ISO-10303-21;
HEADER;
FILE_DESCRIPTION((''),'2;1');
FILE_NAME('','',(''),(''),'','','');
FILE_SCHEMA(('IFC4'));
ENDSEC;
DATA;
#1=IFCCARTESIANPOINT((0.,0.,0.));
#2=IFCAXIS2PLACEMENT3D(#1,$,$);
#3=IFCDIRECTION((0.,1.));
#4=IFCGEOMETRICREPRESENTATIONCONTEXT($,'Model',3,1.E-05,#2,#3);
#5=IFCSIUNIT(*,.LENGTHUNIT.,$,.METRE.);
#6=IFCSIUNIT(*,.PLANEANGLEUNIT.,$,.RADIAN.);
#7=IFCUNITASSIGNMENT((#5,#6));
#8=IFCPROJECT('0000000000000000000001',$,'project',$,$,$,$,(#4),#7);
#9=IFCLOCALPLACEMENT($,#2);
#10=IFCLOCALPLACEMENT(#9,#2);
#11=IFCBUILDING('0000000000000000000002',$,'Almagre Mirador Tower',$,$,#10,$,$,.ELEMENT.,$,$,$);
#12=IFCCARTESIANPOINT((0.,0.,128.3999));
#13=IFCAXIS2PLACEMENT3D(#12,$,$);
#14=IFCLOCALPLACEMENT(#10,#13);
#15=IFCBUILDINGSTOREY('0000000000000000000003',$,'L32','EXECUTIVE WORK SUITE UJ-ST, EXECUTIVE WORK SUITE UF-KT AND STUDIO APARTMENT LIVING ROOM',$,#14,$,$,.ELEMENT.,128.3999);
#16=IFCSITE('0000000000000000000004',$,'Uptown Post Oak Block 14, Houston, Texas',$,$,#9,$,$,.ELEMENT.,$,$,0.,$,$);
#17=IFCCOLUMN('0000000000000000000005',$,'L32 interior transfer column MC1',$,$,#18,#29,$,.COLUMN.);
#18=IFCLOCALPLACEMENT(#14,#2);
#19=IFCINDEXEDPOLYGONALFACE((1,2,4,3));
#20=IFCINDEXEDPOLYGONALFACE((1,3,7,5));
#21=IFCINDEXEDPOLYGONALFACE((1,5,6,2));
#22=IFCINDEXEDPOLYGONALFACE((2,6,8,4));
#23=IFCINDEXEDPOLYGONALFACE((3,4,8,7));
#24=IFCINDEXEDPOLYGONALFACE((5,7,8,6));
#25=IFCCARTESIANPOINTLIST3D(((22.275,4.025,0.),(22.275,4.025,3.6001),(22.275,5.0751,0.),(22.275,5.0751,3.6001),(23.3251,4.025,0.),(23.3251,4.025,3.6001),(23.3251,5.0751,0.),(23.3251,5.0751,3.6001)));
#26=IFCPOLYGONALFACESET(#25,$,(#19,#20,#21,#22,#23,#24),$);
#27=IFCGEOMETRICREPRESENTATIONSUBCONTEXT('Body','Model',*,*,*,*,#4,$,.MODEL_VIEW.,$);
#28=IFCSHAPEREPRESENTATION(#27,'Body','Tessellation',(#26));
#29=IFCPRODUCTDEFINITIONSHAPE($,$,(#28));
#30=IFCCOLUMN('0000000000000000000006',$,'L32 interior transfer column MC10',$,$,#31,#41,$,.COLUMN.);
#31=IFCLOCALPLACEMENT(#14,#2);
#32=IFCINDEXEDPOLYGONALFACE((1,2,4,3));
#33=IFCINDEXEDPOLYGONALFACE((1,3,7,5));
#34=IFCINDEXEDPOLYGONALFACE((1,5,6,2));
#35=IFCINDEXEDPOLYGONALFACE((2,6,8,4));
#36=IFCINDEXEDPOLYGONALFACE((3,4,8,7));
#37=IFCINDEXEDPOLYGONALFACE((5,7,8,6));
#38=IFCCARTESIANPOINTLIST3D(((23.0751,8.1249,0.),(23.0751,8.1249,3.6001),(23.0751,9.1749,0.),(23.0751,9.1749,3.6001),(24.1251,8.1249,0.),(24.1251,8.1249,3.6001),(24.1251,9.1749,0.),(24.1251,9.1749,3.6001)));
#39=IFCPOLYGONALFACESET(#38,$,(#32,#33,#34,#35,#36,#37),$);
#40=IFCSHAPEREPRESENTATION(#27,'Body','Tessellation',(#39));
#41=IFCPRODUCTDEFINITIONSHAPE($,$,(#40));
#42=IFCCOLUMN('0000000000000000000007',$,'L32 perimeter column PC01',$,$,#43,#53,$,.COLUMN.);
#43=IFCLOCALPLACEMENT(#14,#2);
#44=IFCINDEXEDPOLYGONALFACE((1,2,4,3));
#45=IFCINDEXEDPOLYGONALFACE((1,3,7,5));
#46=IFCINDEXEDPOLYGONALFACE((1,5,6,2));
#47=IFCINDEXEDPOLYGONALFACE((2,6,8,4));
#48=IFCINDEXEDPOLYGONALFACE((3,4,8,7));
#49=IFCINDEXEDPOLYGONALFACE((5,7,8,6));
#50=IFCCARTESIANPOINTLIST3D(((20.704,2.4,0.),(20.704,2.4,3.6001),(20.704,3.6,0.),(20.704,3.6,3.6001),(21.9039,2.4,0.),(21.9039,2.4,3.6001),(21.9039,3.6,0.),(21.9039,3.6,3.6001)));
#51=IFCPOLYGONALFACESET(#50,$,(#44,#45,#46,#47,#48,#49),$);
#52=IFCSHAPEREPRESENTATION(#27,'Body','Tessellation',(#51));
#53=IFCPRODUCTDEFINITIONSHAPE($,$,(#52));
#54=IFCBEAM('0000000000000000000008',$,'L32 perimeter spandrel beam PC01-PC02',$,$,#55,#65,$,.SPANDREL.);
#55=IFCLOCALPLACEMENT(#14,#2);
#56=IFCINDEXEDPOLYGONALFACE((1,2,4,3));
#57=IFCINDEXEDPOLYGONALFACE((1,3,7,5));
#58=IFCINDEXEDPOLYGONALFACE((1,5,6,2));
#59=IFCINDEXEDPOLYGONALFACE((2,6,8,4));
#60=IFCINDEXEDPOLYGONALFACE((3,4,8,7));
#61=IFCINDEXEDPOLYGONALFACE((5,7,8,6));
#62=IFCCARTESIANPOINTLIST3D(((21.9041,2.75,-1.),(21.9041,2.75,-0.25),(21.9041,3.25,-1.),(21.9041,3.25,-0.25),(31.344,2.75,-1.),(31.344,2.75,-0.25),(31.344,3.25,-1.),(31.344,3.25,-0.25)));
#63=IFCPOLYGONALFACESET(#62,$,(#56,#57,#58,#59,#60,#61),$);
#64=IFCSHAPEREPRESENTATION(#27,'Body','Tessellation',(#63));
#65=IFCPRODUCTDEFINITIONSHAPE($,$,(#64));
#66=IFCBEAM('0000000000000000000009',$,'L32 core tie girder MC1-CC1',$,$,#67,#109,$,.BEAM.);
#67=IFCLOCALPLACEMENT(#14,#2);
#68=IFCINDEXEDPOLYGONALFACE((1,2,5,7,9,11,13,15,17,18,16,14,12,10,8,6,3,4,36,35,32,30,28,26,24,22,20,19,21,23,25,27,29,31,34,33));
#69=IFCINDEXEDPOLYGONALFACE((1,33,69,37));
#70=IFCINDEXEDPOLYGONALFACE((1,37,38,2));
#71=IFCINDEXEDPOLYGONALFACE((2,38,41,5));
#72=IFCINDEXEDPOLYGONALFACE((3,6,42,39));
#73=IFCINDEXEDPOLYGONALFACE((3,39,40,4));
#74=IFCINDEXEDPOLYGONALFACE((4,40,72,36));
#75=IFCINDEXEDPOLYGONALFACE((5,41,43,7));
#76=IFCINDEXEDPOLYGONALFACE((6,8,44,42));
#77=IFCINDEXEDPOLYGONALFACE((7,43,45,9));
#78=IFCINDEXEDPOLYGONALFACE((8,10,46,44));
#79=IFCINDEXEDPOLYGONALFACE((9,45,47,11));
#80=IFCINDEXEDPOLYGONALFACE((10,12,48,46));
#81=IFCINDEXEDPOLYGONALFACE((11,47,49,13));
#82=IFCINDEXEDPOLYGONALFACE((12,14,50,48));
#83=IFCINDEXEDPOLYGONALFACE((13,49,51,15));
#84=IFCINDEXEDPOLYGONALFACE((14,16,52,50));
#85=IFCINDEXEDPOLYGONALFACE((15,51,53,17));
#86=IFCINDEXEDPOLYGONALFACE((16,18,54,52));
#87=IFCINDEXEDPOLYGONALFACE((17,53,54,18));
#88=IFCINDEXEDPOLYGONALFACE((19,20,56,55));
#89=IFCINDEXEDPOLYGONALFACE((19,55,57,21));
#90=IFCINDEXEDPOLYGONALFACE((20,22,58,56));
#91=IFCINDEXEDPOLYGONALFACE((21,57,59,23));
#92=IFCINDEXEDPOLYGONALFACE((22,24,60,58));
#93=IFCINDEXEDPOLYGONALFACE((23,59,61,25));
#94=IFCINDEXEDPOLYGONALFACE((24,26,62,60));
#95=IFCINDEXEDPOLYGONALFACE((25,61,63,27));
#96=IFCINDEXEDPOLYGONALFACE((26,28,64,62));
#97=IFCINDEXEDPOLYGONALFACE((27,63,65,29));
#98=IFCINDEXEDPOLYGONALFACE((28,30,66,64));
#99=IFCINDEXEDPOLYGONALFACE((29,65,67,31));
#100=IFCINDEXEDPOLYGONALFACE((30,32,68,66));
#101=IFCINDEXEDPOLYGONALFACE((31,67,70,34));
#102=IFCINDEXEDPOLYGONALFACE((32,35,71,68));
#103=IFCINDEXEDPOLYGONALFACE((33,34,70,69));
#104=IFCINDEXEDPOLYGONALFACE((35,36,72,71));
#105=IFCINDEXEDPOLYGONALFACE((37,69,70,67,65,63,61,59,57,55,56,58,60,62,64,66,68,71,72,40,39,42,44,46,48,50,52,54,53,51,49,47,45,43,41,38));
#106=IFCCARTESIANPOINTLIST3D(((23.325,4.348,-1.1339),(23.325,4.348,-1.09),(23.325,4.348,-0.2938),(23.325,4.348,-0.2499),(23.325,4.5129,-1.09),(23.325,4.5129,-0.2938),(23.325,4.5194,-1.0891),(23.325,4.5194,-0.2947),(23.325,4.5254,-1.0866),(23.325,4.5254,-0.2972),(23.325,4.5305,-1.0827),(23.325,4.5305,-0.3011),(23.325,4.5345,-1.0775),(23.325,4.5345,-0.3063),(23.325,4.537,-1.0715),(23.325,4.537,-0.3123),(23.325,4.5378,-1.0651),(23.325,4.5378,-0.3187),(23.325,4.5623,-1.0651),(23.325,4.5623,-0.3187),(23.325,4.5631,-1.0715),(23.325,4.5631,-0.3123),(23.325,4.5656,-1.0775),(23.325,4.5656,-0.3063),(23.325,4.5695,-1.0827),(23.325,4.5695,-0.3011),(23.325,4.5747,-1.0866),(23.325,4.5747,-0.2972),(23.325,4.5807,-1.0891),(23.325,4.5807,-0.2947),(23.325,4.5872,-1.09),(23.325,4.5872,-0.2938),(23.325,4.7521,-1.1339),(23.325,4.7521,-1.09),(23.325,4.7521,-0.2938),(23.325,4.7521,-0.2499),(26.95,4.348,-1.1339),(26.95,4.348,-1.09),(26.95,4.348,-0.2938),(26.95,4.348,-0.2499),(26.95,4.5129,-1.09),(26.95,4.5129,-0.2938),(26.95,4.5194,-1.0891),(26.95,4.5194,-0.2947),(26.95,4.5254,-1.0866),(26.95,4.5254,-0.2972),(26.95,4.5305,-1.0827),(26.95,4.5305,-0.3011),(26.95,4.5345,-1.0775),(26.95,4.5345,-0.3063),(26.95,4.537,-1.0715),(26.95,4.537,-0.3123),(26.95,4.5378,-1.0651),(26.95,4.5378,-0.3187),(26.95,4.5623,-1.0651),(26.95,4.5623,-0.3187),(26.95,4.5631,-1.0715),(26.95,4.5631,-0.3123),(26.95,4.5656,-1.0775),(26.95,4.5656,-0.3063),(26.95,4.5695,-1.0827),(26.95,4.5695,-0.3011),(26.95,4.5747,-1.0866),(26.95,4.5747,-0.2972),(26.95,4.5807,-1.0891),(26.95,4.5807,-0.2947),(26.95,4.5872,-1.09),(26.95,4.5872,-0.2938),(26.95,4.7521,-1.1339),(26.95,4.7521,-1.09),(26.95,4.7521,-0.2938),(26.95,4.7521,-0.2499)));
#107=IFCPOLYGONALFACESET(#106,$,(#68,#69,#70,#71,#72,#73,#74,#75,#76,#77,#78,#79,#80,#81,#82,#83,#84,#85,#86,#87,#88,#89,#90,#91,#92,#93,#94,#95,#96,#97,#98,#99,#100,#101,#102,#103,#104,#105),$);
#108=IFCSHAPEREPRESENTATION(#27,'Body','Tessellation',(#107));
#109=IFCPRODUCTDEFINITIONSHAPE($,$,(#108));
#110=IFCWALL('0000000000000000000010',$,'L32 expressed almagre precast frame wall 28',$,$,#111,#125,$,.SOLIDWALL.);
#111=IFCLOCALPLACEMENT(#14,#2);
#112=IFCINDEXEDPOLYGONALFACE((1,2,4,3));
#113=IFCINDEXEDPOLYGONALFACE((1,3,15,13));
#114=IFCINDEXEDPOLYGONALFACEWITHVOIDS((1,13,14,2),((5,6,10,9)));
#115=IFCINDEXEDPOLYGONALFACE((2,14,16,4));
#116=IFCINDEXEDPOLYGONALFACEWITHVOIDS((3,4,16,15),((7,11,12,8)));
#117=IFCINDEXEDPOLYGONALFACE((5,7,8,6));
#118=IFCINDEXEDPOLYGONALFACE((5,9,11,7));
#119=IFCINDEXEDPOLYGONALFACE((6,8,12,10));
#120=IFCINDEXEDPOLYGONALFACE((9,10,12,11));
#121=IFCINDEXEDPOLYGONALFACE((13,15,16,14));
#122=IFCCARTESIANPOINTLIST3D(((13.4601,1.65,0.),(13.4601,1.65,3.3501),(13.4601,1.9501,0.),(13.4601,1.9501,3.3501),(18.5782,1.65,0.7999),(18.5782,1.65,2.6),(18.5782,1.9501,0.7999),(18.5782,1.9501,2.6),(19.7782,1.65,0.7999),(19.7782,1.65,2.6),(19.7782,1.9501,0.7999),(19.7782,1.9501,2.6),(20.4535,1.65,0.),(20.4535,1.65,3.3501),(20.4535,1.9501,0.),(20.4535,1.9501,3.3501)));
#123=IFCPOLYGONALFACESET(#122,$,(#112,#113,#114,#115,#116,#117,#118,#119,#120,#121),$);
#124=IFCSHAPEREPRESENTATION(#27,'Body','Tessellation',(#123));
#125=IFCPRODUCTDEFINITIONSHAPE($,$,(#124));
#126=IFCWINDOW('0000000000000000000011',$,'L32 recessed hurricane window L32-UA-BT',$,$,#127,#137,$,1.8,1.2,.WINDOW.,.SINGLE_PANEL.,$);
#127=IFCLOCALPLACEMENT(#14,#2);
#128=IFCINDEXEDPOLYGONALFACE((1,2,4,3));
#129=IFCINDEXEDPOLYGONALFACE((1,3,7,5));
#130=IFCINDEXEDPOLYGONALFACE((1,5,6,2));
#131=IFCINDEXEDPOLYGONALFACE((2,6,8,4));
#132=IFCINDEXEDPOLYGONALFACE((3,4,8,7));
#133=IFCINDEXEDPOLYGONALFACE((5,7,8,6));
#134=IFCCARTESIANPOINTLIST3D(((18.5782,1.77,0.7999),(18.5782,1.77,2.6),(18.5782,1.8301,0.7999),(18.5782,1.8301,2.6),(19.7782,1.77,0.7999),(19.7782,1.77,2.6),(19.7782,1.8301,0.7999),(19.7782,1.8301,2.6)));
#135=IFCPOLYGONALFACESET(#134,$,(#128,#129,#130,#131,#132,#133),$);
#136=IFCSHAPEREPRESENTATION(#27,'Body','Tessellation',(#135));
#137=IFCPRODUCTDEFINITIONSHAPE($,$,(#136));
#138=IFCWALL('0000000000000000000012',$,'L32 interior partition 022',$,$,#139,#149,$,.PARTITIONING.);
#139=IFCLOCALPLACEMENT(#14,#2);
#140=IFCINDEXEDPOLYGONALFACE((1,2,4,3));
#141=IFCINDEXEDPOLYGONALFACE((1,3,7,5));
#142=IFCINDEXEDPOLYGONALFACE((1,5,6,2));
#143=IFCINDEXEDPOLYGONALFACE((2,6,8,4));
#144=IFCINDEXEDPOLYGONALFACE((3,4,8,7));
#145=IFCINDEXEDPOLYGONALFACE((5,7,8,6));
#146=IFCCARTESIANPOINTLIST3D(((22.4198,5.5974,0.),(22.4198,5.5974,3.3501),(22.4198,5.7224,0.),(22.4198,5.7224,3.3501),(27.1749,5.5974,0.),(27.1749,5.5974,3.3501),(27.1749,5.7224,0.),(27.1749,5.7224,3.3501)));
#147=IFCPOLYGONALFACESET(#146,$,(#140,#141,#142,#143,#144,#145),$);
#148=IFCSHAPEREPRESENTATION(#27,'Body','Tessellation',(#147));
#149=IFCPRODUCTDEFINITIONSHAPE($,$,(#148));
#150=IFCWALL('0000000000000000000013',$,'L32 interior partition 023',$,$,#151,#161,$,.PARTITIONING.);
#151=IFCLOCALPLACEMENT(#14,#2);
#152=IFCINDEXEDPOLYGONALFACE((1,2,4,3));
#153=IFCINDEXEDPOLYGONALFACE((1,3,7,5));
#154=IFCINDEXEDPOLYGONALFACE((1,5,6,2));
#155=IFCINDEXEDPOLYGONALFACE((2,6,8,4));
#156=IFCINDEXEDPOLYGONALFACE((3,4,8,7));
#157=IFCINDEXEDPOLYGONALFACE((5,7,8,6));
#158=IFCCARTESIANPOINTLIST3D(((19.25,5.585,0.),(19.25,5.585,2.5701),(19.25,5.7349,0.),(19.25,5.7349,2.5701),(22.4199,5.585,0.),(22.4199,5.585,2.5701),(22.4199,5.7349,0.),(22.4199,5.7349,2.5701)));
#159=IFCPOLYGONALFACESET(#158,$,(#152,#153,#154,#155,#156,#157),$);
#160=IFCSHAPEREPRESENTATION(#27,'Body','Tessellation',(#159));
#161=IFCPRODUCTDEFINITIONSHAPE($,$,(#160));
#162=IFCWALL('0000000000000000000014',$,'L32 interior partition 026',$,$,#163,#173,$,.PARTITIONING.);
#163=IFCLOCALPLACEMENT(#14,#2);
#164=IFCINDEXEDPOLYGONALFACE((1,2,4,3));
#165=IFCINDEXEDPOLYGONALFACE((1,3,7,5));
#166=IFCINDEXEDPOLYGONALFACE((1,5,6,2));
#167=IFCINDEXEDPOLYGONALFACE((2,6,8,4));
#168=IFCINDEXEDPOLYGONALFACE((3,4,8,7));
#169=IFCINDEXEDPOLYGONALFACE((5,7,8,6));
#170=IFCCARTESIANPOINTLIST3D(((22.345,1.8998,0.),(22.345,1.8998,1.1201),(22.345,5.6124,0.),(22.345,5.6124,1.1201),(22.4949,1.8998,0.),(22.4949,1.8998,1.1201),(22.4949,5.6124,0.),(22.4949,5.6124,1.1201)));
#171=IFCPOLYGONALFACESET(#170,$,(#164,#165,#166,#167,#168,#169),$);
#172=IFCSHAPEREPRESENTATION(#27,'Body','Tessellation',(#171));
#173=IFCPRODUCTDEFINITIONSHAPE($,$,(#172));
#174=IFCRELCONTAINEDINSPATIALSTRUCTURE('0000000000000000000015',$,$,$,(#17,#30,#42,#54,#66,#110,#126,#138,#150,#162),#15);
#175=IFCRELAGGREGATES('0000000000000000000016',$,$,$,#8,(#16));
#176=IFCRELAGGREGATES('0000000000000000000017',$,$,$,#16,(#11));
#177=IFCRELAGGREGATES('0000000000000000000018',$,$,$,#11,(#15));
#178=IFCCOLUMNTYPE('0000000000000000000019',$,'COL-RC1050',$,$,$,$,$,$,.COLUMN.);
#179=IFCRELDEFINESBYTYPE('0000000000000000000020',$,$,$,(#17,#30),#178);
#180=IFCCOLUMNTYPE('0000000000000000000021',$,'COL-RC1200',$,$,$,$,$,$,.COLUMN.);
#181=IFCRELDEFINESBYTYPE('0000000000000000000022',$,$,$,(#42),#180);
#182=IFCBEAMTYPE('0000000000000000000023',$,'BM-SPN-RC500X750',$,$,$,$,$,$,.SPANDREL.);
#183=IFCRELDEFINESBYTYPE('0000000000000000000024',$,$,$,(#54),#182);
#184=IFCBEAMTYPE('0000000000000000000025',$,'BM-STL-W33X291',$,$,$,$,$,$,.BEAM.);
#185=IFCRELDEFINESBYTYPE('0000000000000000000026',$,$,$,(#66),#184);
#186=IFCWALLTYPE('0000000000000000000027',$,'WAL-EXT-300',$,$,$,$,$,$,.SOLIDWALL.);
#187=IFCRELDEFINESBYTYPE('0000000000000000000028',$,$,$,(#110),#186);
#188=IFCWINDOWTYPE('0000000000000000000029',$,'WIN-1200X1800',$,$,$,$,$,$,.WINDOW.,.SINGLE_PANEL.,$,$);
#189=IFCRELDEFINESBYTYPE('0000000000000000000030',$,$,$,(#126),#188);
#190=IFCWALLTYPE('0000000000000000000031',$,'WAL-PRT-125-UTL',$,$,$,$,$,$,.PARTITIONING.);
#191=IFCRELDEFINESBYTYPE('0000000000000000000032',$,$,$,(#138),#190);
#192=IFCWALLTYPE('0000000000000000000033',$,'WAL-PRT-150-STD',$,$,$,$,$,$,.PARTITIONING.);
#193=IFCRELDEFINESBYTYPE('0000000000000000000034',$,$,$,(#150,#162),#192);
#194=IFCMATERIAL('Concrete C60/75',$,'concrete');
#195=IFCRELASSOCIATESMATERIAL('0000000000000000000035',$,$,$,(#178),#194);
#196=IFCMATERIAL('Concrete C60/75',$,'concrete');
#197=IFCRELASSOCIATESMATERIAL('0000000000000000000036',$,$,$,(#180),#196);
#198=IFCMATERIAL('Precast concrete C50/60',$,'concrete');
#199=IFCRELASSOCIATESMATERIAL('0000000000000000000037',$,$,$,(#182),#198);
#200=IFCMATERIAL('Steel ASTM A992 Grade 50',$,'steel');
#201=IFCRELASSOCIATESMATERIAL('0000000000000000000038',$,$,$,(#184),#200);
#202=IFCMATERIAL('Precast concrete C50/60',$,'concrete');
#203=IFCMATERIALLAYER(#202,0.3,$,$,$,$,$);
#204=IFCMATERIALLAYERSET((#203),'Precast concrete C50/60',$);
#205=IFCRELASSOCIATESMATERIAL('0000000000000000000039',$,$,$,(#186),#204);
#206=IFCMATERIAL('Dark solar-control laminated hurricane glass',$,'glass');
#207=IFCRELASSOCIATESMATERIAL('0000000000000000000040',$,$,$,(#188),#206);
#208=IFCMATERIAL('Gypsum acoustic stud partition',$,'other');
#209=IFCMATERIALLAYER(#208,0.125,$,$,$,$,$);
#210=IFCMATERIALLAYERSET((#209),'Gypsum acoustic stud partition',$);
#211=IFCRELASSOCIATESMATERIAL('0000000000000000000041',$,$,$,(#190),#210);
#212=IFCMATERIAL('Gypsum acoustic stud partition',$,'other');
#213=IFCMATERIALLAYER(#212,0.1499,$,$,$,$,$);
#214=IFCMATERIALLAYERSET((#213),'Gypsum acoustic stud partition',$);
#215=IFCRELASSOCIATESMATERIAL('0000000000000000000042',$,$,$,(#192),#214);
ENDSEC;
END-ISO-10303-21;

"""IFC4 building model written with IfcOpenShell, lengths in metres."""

from ifc_helpers import new_model, si_unit, direction, frame, frame_2d, origin, origin_2d, place, context, subcontext, project, spatial, rectangle, i_section, extrude, material, layer, layer_set, material_profile, profile_set, type_object, element, fill, save


model = new_model("IFC4")

# Units and contexts
model_context = context("Model", 3, precision=1e-05, world=origin(), true_north=direction((0.0, 1.0)))
body_context = subcontext(model_context, "Body", "Model", "MODEL_VIEW")
ifc_project = project(units=[si_unit("LENGTHUNIT", "METRE"), si_unit("PLANEANGLEUNIT", "RADIAN")], contexts=[model_context])

# Site, building, storey
site_placement = place(None, origin())
site = spatial("IfcSite", under=ifc_project, at=site_placement, Name="Uptown Post Oak Block 14, Houston, Texas", CompositionType="ELEMENT", RefElevation=0.0)
building_placement = place(site_placement, origin())
building = spatial("IfcBuilding", under=site, at=building_placement, Name="Almagre Mirador Tower", CompositionType="ELEMENT")
storey_placement = place(building_placement, frame((0.0, 0.0, 128.3999)))
storey = spatial("IfcBuildingStorey", under=building, at=storey_placement, Name="L32", Description="EXECUTIVE WORK SUITE UJ-ST, EXECUTIVE WORK SUITE UF-KT AND STUDIO APARTMENT LIVING ROOM", CompositionType="ELEMENT", Elevation=128.3999)

# Columns
ifc_material_1 = material(Name="Concrete C60/75", Category="concrete")
ifc_material_profile_1 = material_profile(ifc_material_1, rectangle(XDim=1.05, YDim=1.05, at=origin_2d()), Name="RC1050X1050")
ifc_profile_set_1 = profile_set([ifc_material_profile_1], Name="Concrete C60/75")
column_type_1 = type_object("IfcColumnType", Name="COL-RC1050", PredefinedType="COLUMN", material=ifc_profile_set_1)
for number, where, z_axis, x_axis, name in (
    (1, (22.8, 4.55, 0.0), (0.0, 0.0, 1.0), (1.0, 0.0, 0.0), "L32 interior transfer column MC1"),
    (2, (23.6001, 8.6499, 0.0), (0.0, 0.0, 1.0), (1.0, 0.0, 0.0), "L32 interior transfer column MC10"),
):
    element("IfcColumn", number, at=place(storey_placement, frame(where, z_axis=z_axis, x_axis=x_axis)), inside=storey, type_object=column_type_1, Name=name, PredefinedType="COLUMN", context=body_context, shape_type="SweptSolid", body=[
        extrude(rectangle(XDim=1.05, YDim=1.05, at=origin_2d()), origin(), (0.0, 0.0, 1.0), 3.6001),
    ])
ifc_material_2 = material(Name="Concrete C60/75", Category="concrete")
ifc_material_profile_2 = material_profile(ifc_material_2, rectangle(XDim=1.2, YDim=1.2, at=origin_2d()), Name="RC1200X1200")
ifc_profile_set_2 = profile_set([ifc_material_profile_2], Name="Concrete C60/75")
column_type_2 = type_object("IfcColumnType", Name="COL-RC1200", PredefinedType="COLUMN", material=ifc_profile_set_2)
column_placement = place(storey_placement, frame((21.304, 3.0, 0.0), z_axis=(0.0, 0.0, 1.0), x_axis=(1.0, 0.0, 0.0)))
element("IfcColumn", 3, at=column_placement, inside=storey, type_object=column_type_2, Name="L32 perimeter column PC01", PredefinedType="COLUMN", context=body_context, shape_type="SweptSolid", body=[
    extrude(rectangle(XDim=1.2, YDim=1.2, at=origin_2d()), origin(), (0.0, 0.0, 1.0), 3.6001),
])

# Beams
ifc_material_3 = material(Name="Precast concrete C50/60", Category="concrete")
ifc_material_profile_3 = material_profile(ifc_material_3, rectangle(XDim=0.5, YDim=0.75, at=origin_2d()), Name="RC500X750")
ifc_profile_set_3 = profile_set([ifc_material_profile_3], Name="Precast concrete C50/60")
beam_type_1 = type_object("IfcBeamType", Name="BM-SPN-RC500X750", PredefinedType="SPANDREL", material=ifc_profile_set_3)
beam_1_placement = place(storey_placement, frame((21.9041, 3.0, -0.625), z_axis=(1.0, 0.0, 0.0), x_axis=(0.0, 1.0, 0.0)))
element("IfcBeam", 4, at=beam_1_placement, inside=storey, type_object=beam_type_1, Name="L32 perimeter spandrel beam PC01-PC02", PredefinedType="SPANDREL", context=body_context, shape_type="SweptSolid", body=[
    extrude(rectangle(XDim=0.5, YDim=0.75, at=origin_2d()), origin(), (0.0, 0.0, 1.0), 9.4399),
])
ifc_material_4 = material(Name="Steel ASTM A992 Grade 50", Category="steel")
ifc_material_profile_4 = material_profile(ifc_material_4, i_section(OverallWidth=0.4041, OverallDepth=0.884, WebThickness=0.0244, FlangeThickness=0.0439, FilletRadius=0.0249, at=origin_2d()), Name="W33X291")
ifc_profile_set_4 = profile_set([ifc_material_profile_4], Name="Steel ASTM A992 Grade 50")
beam_type_2 = type_object("IfcBeamType", Name="BM-STL-W33X291", PredefinedType="BEAM", material=ifc_profile_set_4)
beam_2_placement = place(storey_placement, frame((23.325, 4.55, -0.6919), z_axis=(1.0, 0.0, 0.0), x_axis=(0.0, 1.0, 0.0)))
element("IfcBeam", 5, at=beam_2_placement, inside=storey, type_object=beam_type_2, Name="L32 core tie girder MC1-CC1", PredefinedType="BEAM", context=body_context, shape_type="SweptSolid", body=[
    extrude(i_section(OverallWidth=0.4041, OverallDepth=0.884, WebThickness=0.0244, FlangeThickness=0.0439, FilletRadius=0.0249, at=origin_2d()), origin(), (0.0, 0.0, 1.0), 3.625),
])

# Wall, opening, window
ifc_material_5 = material(Name="Precast concrete C50/60", Category="concrete")
ifc_layer_1 = layer(ifc_material_5, 0.3)
ifc_layer_set_1 = layer_set([ifc_layer_1], Name="Precast concrete C50/60")
wall_type_1 = type_object("IfcWallType", Name="WAL-EXT-300", PredefinedType="SOLIDWALL", material=ifc_layer_set_1)
wall_1_placement = place(storey_placement, frame((20.4534, 1.8, 0.0), z_axis=(0.0, 0.0, 1.0), x_axis=(-1.0, 0.0, 0.0)))
wall_1 = element("IfcWall", 6, at=wall_1_placement, inside=storey, type_object=wall_type_1, Name="L32 expressed almagre precast frame wall 28", PredefinedType="SOLIDWALL", context=body_context, shape_type="SweptSolid", body=[
    extrude(rectangle(XDim=6.9934, YDim=0.3, at=frame_2d((3.4966, 0.0))), origin(), (0.0, 0.0, 1.0), 3.3501),
])
opening_1_placement = place(wall_1_placement, frame((0.675, 0.0, 0.8)))
opening_1 = element("IfcOpeningElement", 7, at=opening_1_placement, cuts=wall_1, PredefinedType="OPENING", context=body_context, shape_type="SweptSolid", body=[
    extrude(rectangle(XDim=1.2, YDim=1.8, at=frame_2d((0.6001, 0.8999))), frame((0.0, 0.1599, 0.0), z_axis=(0.0, -1.0, 0.0), x_axis=(1.0, 0.0, 0.0)), (0.0, 0.0, 1.0), 0.32),
])
ifc_material_6 = material(Name="Dark solar-control laminated hurricane glass", Category="glass")
window_type = type_object("IfcWindowType", Name="WIN-1200X1800", PartitioningType="SINGLE_PANEL", PredefinedType="WINDOW", material=ifc_material_6)
window_placement = place(opening_1_placement, origin())
window = element("IfcWindow", 8, at=window_placement, inside=storey, type_object=window_type, Name="L32 recessed hurricane window L32-UA-BT", OverallHeight=1.8, OverallWidth=1.2, PartitioningType="SINGLE_PANEL", PredefinedType="WINDOW", context=body_context, shape_type="SweptSolid", body=[
    extrude(rectangle(XDim=1.2, YDim=1.8, at=frame_2d((0.6001, 0.8999))), frame((0.0, 0.03, 0.0), z_axis=(0.0, -1.0, 0.0), x_axis=(1.0, 0.0, 0.0)), (0.0, 0.0, 1.0), 0.0601),
])
fill(opening_1, window)

# Walls
ifc_material_7 = material(Name="Gypsum acoustic stud partition", Category="other")
ifc_layer_2 = layer(ifc_material_7, 0.125)
ifc_layer_set_2 = layer_set([ifc_layer_2], Name="Gypsum acoustic stud partition")
wall_type_2 = type_object("IfcWallType", Name="WAL-PRT-125-UTL", PredefinedType="PARTITIONING", material=ifc_layer_set_2)
wall_2_placement = place(storey_placement, frame((22.4199, 5.6599, 0.0), z_axis=(0.0, 0.0, 1.0), x_axis=(1.0, 0.0, 0.0)))
element("IfcWall", 9, at=wall_2_placement, inside=storey, type_object=wall_type_2, Name="L32 interior partition 022", PredefinedType="PARTITIONING", context=body_context, shape_type="SweptSolid", body=[
    extrude(rectangle(XDim=4.7551, YDim=0.125, at=frame_2d((2.3774, 0.0))), origin(), (0.0, 0.0, 1.0), 3.3501),
])
ifc_material_8 = material(Name="Gypsum acoustic stud partition", Category="other")
ifc_layer_3 = layer(ifc_material_8, 0.1499)
ifc_layer_set_3 = layer_set([ifc_layer_3], Name="Gypsum acoustic stud partition")
wall_type_3 = type_object("IfcWallType", Name="WAL-PRT-150-STD", PredefinedType="PARTITIONING", material=ifc_layer_set_3)
wall_3_placement = place(storey_placement, frame((19.25, 5.6599, 0.0), z_axis=(0.0, 0.0, 1.0), x_axis=(1.0, 0.0, 0.0)))
element("IfcWall", 10, at=wall_3_placement, inside=storey, type_object=wall_type_3, Name="L32 interior partition 023", PredefinedType="PARTITIONING", context=body_context, shape_type="SweptSolid", body=[
    extrude(rectangle(XDim=3.1699, YDim=0.1499, at=frame_2d((1.585, 0.0))), origin(), (0.0, 0.0, 1.0), 2.5701),
])
wall_4_placement = place(storey_placement, frame((22.4199, 5.6125, 0.0), z_axis=(0.0, 0.0, 1.0), x_axis=(0.0, -1.0, 0.0)))
element("IfcWall", 11, at=wall_4_placement, inside=storey, type_object=wall_type_3, Name="L32 interior partition 026", PredefinedType="PARTITIONING", context=body_context, shape_type="SweptSolid", body=[
    extrude(rectangle(XDim=3.7126, YDim=0.1499, at=frame_2d((1.8564, 0.0))), origin(), (0.0, 0.0, 1.0), 1.1201),
])

save(model, "model.ifc")
